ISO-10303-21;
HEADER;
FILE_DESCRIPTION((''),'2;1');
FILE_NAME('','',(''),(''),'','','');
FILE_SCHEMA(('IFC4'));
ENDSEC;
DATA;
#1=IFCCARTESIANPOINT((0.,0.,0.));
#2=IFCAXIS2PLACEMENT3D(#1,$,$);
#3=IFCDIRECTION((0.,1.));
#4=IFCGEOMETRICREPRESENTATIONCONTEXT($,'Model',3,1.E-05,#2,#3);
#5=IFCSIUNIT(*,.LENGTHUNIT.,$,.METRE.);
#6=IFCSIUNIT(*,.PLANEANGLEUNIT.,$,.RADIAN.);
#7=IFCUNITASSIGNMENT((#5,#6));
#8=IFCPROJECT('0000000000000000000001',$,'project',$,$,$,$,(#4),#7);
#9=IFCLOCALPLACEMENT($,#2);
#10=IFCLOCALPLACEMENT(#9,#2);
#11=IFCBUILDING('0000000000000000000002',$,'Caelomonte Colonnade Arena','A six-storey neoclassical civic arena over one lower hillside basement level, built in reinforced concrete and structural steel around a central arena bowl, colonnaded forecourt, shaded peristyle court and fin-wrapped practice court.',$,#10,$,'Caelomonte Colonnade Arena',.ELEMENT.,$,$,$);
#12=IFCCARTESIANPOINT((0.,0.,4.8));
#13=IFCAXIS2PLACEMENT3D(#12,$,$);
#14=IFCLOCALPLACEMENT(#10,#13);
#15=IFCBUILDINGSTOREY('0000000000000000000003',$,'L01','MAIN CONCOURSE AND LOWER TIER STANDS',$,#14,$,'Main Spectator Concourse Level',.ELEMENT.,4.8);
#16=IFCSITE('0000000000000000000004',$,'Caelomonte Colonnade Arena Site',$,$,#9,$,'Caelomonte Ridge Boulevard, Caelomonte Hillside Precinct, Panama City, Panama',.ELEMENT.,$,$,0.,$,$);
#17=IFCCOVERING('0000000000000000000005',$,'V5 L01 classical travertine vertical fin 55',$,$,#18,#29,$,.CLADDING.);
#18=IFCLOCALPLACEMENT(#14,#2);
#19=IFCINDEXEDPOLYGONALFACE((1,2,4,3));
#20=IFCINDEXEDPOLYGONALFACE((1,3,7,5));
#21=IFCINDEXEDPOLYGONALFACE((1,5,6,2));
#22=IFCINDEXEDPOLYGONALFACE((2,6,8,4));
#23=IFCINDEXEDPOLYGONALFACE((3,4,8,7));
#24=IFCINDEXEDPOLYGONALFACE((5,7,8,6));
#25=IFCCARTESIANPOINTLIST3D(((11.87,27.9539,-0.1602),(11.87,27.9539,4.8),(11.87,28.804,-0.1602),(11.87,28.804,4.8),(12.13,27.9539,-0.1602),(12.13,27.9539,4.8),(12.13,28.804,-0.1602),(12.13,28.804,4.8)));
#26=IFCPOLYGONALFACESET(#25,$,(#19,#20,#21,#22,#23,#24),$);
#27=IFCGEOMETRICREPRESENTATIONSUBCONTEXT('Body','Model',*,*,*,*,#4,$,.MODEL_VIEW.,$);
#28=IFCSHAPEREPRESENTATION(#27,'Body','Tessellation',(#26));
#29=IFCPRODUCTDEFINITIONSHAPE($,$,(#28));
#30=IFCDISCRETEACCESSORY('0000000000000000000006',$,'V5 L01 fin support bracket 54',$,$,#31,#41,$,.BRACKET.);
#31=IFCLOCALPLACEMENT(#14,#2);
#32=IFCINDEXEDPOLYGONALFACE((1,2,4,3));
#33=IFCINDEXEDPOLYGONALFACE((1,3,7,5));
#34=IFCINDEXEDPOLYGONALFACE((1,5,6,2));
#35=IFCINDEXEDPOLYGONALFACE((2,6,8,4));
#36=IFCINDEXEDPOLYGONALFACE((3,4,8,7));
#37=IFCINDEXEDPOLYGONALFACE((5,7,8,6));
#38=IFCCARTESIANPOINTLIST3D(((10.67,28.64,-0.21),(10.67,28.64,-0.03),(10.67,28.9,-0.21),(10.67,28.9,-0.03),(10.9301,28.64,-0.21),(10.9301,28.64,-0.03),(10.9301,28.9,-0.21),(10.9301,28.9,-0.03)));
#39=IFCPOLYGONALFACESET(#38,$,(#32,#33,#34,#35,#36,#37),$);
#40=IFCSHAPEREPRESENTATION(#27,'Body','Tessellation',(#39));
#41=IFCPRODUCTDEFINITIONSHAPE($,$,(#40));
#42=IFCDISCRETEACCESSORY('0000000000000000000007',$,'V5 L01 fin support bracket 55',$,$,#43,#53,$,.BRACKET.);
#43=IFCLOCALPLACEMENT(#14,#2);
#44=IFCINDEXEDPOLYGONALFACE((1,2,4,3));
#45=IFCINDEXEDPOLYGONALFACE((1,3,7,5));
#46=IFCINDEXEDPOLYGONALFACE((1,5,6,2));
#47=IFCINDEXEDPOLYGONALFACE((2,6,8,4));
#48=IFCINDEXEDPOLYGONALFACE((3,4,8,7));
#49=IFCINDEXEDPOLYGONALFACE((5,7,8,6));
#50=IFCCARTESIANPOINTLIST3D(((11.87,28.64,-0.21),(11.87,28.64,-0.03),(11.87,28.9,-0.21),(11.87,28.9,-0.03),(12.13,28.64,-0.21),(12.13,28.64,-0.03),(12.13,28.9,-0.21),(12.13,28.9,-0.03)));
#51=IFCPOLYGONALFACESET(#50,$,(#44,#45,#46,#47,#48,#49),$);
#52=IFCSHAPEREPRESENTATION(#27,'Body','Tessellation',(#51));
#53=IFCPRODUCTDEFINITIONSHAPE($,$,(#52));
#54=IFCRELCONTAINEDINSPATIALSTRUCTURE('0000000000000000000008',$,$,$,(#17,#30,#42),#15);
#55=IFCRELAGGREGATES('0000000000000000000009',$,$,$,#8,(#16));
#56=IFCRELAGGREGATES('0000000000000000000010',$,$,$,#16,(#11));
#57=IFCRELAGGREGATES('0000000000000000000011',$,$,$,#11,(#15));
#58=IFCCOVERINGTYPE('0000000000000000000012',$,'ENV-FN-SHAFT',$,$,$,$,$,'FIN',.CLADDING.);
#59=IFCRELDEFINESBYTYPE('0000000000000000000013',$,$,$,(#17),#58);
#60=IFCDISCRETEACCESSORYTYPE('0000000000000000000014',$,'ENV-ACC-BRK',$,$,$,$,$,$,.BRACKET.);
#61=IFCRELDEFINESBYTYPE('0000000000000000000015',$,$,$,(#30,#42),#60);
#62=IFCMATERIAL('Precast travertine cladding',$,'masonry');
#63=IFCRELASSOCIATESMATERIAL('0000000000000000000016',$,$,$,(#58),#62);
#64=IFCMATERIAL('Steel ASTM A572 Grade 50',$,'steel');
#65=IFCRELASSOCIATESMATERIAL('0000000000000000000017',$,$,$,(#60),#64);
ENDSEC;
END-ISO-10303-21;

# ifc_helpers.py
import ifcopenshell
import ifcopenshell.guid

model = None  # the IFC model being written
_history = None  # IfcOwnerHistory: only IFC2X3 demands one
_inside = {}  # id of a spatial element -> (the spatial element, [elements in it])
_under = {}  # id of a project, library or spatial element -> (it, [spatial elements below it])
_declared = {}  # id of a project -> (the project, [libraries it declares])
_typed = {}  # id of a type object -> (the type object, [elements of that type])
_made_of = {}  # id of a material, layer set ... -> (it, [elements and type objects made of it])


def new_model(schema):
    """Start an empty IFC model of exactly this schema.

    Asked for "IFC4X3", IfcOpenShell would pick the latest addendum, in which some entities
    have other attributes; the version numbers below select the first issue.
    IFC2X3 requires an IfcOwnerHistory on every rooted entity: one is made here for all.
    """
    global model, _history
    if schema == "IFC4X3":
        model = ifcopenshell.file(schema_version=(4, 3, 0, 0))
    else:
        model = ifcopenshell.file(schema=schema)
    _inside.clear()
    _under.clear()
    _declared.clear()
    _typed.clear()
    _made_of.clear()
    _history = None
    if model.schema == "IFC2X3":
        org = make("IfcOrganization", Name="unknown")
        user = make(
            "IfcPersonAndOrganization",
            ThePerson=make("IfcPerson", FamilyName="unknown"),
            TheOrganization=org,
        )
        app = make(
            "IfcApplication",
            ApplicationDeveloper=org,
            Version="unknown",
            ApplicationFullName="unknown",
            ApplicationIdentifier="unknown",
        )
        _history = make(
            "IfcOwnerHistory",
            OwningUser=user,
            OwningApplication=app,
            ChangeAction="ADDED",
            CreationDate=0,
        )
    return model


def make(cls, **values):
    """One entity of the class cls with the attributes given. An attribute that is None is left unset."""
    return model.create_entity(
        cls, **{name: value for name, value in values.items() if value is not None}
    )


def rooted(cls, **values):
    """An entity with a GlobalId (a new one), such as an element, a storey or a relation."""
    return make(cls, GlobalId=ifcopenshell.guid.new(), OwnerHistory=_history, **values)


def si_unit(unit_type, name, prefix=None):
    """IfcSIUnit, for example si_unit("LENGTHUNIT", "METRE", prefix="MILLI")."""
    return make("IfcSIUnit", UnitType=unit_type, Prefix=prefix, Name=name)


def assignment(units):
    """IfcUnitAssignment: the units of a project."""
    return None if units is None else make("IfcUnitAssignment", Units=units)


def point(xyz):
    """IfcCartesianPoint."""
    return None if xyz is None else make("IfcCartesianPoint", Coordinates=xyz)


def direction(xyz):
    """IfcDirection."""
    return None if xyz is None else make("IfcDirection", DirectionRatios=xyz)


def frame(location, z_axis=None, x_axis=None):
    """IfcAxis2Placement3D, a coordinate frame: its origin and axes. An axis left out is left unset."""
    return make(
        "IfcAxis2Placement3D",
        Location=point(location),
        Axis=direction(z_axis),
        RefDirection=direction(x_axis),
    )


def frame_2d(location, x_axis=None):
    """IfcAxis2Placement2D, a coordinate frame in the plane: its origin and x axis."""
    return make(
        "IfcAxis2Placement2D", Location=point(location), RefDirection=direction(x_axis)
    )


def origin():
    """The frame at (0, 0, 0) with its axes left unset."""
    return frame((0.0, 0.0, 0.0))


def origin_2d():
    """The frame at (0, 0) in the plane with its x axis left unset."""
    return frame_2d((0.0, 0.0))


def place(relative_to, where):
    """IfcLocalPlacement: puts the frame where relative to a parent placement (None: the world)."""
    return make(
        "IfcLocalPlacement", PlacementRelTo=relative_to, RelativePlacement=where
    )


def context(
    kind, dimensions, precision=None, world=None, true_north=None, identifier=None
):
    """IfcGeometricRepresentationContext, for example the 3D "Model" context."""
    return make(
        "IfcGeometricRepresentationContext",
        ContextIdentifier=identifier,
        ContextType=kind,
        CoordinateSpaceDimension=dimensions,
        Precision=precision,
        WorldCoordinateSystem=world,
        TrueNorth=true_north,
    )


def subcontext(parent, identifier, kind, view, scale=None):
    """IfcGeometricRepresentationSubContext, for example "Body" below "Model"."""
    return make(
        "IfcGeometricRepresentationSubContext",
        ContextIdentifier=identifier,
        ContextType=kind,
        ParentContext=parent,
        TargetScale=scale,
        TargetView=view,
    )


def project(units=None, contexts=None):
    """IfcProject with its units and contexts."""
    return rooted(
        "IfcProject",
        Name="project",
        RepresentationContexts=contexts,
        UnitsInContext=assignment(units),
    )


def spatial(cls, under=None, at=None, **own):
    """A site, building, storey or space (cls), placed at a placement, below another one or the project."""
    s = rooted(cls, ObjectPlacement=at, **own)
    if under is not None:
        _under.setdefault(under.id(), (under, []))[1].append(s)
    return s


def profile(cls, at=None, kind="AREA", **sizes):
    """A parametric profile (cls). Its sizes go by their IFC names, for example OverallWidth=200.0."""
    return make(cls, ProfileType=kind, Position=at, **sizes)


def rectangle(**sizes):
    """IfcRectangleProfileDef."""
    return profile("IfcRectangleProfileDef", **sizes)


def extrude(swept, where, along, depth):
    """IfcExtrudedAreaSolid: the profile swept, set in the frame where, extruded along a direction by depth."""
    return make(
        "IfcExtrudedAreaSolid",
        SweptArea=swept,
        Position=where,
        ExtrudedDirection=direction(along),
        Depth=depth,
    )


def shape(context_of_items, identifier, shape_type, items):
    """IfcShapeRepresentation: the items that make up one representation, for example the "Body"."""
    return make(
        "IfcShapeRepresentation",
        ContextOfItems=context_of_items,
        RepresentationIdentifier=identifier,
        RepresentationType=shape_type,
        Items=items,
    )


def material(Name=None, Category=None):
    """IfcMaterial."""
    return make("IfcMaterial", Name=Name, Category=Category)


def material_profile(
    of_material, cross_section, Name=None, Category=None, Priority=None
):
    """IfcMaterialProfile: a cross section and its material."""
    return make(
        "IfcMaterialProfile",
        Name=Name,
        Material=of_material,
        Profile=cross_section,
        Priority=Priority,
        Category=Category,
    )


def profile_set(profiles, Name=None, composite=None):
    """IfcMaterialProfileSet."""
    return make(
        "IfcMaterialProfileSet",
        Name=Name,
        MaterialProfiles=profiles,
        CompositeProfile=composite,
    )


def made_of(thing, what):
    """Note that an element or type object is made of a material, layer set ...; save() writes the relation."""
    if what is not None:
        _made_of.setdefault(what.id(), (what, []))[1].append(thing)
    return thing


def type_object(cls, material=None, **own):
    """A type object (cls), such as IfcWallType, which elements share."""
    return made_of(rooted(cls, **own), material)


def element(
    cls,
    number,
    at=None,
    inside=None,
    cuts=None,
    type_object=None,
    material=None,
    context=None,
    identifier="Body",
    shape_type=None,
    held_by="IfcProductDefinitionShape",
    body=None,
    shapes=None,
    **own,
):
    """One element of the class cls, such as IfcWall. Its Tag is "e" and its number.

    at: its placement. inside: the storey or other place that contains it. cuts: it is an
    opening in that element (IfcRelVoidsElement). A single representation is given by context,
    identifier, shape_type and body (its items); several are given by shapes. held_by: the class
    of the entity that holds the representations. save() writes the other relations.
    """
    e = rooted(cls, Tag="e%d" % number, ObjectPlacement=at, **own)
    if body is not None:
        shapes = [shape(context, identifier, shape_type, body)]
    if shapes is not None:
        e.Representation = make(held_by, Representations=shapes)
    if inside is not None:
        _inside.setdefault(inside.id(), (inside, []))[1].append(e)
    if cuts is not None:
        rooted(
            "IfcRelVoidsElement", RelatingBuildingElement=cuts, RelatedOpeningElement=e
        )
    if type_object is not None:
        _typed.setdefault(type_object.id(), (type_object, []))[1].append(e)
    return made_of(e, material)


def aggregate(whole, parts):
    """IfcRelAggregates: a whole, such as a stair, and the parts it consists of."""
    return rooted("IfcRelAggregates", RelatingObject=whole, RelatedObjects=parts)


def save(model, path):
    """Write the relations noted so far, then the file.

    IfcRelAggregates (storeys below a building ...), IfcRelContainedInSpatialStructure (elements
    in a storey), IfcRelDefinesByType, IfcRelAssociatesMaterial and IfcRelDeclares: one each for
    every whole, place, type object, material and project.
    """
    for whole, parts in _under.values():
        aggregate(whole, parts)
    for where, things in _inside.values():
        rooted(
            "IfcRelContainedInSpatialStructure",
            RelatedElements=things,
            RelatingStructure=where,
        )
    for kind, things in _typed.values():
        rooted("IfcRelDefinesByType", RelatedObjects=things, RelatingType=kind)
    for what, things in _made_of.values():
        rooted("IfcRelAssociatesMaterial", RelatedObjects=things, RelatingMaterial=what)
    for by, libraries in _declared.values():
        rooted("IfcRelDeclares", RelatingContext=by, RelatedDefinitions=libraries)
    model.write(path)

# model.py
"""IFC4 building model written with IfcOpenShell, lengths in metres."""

from ifc_helpers import new_model, si_unit, direction, frame, origin, origin_2d, place, context, subcontext, project, spatial, rectangle, extrude, material, material_profile, profile_set, type_object, element, save


model = new_model("IFC4")

# Units and contexts
model_context = context("Model", 3, precision=1e-05, world=origin(), true_north=direction((0.0, 1.0)))
body_context = subcontext(model_context, "Body", "Model", "MODEL_VIEW")
ifc_project = project(units=[si_unit("LENGTHUNIT", "METRE"), si_unit("PLANEANGLEUNIT", "RADIAN")], contexts=[model_context])

# Site, building, storey
site_placement = place(None, origin())
site = spatial("IfcSite", under=ifc_project, at=site_placement, Name="Caelomonte Colonnade Arena Site", LongName="Caelomonte Ridge Boulevard, Caelomonte Hillside Precinct, Panama City, Panama", CompositionType="ELEMENT", RefElevation=0.0)
building_placement = place(site_placement, origin())
building = spatial("IfcBuilding", under=site, at=building_placement, Name="Caelomonte Colonnade Arena", Description="A six-storey neoclassical civic arena over one lower hillside basement level, built in reinforced concrete and structural steel around a central arena bowl, colonnaded forecourt, shaded peristyle court and fin-wrapped practice court.", LongName="Caelomonte Colonnade Arena", CompositionType="ELEMENT")
storey_placement = place(building_placement, frame((0.0, 0.0, 4.8)))
storey = spatial("IfcBuildingStorey", under=building, at=storey_placement, Name="L01", Description="MAIN CONCOURSE AND LOWER TIER STANDS", LongName="Main Spectator Concourse Level", CompositionType="ELEMENT", Elevation=4.8)

# Covering
ifc_material_1 = material(Name="Precast travertine cladding", Category="masonry")
ifc_material_profile_1 = material_profile(ifc_material_1, rectangle(XDim=0.26, YDim=0.8501, at=origin_2d()), Name="FIN260X850")
ifc_profile_set_1 = profile_set([ifc_material_profile_1], Name="Precast travertine cladding")
covering_type = type_object("IfcCoveringType", Name="ENV-FN-SHAFT", ElementType="FIN", PredefinedType="CLADDING", material=ifc_profile_set_1)
for number, where, z_axis, x_axis, name in (
    (1, (12.0, 28.3789, -0.1602), (0.0, 0.0, 1.0), (-1.0, 0.0, 0.0), "V5 L01 classical travertine vertical fin 55"),
):
    element("IfcCovering", number, at=place(storey_placement, frame(where, z_axis=z_axis, x_axis=x_axis)), inside=storey, type_object=covering_type, Name=name, PredefinedType="CLADDING", context=body_context, shape_type="SweptSolid", body=[
        extrude(rectangle(XDim=0.26, YDim=0.8501, at=origin_2d()), origin(), (0.0, 0.0, 1.0), 4.9602),
    ])

# Discrete accessories
ifc_material_2 = material(Name="Steel ASTM A572 Grade 50", Category="steel")
discrete_accessory_type = type_object("IfcDiscreteAccessoryType", Name="ENV-ACC-BRK", PredefinedType="BRACKET", material=ifc_material_2)
for number, where, z_axis, x_axis, name in (
    (2, (10.8, 28.77, -0.21), (0.0, 0.0, 1.0), (1.0, 0.0, 0.0), "V5 L01 fin support bracket 54"),
    (3, (12.0, 28.77, -0.21), (0.0, 0.0, 1.0), (1.0, 0.0, 0.0), "V5 L01 fin support bracket 55"),
):
    element("IfcDiscreteAccessory", number, at=place(storey_placement, frame(where, z_axis=z_axis, x_axis=x_axis)), inside=storey, type_object=discrete_accessory_type, Name=name, PredefinedType="BRACKET", context=body_context, shape_type="SweptSolid", body=[
        extrude(rectangle(XDim=0.26, YDim=0.26, at=origin_2d()), origin(), (0.0, 0.0, 1.0), 0.1799),
    ])

save(model, "model.ifc")
